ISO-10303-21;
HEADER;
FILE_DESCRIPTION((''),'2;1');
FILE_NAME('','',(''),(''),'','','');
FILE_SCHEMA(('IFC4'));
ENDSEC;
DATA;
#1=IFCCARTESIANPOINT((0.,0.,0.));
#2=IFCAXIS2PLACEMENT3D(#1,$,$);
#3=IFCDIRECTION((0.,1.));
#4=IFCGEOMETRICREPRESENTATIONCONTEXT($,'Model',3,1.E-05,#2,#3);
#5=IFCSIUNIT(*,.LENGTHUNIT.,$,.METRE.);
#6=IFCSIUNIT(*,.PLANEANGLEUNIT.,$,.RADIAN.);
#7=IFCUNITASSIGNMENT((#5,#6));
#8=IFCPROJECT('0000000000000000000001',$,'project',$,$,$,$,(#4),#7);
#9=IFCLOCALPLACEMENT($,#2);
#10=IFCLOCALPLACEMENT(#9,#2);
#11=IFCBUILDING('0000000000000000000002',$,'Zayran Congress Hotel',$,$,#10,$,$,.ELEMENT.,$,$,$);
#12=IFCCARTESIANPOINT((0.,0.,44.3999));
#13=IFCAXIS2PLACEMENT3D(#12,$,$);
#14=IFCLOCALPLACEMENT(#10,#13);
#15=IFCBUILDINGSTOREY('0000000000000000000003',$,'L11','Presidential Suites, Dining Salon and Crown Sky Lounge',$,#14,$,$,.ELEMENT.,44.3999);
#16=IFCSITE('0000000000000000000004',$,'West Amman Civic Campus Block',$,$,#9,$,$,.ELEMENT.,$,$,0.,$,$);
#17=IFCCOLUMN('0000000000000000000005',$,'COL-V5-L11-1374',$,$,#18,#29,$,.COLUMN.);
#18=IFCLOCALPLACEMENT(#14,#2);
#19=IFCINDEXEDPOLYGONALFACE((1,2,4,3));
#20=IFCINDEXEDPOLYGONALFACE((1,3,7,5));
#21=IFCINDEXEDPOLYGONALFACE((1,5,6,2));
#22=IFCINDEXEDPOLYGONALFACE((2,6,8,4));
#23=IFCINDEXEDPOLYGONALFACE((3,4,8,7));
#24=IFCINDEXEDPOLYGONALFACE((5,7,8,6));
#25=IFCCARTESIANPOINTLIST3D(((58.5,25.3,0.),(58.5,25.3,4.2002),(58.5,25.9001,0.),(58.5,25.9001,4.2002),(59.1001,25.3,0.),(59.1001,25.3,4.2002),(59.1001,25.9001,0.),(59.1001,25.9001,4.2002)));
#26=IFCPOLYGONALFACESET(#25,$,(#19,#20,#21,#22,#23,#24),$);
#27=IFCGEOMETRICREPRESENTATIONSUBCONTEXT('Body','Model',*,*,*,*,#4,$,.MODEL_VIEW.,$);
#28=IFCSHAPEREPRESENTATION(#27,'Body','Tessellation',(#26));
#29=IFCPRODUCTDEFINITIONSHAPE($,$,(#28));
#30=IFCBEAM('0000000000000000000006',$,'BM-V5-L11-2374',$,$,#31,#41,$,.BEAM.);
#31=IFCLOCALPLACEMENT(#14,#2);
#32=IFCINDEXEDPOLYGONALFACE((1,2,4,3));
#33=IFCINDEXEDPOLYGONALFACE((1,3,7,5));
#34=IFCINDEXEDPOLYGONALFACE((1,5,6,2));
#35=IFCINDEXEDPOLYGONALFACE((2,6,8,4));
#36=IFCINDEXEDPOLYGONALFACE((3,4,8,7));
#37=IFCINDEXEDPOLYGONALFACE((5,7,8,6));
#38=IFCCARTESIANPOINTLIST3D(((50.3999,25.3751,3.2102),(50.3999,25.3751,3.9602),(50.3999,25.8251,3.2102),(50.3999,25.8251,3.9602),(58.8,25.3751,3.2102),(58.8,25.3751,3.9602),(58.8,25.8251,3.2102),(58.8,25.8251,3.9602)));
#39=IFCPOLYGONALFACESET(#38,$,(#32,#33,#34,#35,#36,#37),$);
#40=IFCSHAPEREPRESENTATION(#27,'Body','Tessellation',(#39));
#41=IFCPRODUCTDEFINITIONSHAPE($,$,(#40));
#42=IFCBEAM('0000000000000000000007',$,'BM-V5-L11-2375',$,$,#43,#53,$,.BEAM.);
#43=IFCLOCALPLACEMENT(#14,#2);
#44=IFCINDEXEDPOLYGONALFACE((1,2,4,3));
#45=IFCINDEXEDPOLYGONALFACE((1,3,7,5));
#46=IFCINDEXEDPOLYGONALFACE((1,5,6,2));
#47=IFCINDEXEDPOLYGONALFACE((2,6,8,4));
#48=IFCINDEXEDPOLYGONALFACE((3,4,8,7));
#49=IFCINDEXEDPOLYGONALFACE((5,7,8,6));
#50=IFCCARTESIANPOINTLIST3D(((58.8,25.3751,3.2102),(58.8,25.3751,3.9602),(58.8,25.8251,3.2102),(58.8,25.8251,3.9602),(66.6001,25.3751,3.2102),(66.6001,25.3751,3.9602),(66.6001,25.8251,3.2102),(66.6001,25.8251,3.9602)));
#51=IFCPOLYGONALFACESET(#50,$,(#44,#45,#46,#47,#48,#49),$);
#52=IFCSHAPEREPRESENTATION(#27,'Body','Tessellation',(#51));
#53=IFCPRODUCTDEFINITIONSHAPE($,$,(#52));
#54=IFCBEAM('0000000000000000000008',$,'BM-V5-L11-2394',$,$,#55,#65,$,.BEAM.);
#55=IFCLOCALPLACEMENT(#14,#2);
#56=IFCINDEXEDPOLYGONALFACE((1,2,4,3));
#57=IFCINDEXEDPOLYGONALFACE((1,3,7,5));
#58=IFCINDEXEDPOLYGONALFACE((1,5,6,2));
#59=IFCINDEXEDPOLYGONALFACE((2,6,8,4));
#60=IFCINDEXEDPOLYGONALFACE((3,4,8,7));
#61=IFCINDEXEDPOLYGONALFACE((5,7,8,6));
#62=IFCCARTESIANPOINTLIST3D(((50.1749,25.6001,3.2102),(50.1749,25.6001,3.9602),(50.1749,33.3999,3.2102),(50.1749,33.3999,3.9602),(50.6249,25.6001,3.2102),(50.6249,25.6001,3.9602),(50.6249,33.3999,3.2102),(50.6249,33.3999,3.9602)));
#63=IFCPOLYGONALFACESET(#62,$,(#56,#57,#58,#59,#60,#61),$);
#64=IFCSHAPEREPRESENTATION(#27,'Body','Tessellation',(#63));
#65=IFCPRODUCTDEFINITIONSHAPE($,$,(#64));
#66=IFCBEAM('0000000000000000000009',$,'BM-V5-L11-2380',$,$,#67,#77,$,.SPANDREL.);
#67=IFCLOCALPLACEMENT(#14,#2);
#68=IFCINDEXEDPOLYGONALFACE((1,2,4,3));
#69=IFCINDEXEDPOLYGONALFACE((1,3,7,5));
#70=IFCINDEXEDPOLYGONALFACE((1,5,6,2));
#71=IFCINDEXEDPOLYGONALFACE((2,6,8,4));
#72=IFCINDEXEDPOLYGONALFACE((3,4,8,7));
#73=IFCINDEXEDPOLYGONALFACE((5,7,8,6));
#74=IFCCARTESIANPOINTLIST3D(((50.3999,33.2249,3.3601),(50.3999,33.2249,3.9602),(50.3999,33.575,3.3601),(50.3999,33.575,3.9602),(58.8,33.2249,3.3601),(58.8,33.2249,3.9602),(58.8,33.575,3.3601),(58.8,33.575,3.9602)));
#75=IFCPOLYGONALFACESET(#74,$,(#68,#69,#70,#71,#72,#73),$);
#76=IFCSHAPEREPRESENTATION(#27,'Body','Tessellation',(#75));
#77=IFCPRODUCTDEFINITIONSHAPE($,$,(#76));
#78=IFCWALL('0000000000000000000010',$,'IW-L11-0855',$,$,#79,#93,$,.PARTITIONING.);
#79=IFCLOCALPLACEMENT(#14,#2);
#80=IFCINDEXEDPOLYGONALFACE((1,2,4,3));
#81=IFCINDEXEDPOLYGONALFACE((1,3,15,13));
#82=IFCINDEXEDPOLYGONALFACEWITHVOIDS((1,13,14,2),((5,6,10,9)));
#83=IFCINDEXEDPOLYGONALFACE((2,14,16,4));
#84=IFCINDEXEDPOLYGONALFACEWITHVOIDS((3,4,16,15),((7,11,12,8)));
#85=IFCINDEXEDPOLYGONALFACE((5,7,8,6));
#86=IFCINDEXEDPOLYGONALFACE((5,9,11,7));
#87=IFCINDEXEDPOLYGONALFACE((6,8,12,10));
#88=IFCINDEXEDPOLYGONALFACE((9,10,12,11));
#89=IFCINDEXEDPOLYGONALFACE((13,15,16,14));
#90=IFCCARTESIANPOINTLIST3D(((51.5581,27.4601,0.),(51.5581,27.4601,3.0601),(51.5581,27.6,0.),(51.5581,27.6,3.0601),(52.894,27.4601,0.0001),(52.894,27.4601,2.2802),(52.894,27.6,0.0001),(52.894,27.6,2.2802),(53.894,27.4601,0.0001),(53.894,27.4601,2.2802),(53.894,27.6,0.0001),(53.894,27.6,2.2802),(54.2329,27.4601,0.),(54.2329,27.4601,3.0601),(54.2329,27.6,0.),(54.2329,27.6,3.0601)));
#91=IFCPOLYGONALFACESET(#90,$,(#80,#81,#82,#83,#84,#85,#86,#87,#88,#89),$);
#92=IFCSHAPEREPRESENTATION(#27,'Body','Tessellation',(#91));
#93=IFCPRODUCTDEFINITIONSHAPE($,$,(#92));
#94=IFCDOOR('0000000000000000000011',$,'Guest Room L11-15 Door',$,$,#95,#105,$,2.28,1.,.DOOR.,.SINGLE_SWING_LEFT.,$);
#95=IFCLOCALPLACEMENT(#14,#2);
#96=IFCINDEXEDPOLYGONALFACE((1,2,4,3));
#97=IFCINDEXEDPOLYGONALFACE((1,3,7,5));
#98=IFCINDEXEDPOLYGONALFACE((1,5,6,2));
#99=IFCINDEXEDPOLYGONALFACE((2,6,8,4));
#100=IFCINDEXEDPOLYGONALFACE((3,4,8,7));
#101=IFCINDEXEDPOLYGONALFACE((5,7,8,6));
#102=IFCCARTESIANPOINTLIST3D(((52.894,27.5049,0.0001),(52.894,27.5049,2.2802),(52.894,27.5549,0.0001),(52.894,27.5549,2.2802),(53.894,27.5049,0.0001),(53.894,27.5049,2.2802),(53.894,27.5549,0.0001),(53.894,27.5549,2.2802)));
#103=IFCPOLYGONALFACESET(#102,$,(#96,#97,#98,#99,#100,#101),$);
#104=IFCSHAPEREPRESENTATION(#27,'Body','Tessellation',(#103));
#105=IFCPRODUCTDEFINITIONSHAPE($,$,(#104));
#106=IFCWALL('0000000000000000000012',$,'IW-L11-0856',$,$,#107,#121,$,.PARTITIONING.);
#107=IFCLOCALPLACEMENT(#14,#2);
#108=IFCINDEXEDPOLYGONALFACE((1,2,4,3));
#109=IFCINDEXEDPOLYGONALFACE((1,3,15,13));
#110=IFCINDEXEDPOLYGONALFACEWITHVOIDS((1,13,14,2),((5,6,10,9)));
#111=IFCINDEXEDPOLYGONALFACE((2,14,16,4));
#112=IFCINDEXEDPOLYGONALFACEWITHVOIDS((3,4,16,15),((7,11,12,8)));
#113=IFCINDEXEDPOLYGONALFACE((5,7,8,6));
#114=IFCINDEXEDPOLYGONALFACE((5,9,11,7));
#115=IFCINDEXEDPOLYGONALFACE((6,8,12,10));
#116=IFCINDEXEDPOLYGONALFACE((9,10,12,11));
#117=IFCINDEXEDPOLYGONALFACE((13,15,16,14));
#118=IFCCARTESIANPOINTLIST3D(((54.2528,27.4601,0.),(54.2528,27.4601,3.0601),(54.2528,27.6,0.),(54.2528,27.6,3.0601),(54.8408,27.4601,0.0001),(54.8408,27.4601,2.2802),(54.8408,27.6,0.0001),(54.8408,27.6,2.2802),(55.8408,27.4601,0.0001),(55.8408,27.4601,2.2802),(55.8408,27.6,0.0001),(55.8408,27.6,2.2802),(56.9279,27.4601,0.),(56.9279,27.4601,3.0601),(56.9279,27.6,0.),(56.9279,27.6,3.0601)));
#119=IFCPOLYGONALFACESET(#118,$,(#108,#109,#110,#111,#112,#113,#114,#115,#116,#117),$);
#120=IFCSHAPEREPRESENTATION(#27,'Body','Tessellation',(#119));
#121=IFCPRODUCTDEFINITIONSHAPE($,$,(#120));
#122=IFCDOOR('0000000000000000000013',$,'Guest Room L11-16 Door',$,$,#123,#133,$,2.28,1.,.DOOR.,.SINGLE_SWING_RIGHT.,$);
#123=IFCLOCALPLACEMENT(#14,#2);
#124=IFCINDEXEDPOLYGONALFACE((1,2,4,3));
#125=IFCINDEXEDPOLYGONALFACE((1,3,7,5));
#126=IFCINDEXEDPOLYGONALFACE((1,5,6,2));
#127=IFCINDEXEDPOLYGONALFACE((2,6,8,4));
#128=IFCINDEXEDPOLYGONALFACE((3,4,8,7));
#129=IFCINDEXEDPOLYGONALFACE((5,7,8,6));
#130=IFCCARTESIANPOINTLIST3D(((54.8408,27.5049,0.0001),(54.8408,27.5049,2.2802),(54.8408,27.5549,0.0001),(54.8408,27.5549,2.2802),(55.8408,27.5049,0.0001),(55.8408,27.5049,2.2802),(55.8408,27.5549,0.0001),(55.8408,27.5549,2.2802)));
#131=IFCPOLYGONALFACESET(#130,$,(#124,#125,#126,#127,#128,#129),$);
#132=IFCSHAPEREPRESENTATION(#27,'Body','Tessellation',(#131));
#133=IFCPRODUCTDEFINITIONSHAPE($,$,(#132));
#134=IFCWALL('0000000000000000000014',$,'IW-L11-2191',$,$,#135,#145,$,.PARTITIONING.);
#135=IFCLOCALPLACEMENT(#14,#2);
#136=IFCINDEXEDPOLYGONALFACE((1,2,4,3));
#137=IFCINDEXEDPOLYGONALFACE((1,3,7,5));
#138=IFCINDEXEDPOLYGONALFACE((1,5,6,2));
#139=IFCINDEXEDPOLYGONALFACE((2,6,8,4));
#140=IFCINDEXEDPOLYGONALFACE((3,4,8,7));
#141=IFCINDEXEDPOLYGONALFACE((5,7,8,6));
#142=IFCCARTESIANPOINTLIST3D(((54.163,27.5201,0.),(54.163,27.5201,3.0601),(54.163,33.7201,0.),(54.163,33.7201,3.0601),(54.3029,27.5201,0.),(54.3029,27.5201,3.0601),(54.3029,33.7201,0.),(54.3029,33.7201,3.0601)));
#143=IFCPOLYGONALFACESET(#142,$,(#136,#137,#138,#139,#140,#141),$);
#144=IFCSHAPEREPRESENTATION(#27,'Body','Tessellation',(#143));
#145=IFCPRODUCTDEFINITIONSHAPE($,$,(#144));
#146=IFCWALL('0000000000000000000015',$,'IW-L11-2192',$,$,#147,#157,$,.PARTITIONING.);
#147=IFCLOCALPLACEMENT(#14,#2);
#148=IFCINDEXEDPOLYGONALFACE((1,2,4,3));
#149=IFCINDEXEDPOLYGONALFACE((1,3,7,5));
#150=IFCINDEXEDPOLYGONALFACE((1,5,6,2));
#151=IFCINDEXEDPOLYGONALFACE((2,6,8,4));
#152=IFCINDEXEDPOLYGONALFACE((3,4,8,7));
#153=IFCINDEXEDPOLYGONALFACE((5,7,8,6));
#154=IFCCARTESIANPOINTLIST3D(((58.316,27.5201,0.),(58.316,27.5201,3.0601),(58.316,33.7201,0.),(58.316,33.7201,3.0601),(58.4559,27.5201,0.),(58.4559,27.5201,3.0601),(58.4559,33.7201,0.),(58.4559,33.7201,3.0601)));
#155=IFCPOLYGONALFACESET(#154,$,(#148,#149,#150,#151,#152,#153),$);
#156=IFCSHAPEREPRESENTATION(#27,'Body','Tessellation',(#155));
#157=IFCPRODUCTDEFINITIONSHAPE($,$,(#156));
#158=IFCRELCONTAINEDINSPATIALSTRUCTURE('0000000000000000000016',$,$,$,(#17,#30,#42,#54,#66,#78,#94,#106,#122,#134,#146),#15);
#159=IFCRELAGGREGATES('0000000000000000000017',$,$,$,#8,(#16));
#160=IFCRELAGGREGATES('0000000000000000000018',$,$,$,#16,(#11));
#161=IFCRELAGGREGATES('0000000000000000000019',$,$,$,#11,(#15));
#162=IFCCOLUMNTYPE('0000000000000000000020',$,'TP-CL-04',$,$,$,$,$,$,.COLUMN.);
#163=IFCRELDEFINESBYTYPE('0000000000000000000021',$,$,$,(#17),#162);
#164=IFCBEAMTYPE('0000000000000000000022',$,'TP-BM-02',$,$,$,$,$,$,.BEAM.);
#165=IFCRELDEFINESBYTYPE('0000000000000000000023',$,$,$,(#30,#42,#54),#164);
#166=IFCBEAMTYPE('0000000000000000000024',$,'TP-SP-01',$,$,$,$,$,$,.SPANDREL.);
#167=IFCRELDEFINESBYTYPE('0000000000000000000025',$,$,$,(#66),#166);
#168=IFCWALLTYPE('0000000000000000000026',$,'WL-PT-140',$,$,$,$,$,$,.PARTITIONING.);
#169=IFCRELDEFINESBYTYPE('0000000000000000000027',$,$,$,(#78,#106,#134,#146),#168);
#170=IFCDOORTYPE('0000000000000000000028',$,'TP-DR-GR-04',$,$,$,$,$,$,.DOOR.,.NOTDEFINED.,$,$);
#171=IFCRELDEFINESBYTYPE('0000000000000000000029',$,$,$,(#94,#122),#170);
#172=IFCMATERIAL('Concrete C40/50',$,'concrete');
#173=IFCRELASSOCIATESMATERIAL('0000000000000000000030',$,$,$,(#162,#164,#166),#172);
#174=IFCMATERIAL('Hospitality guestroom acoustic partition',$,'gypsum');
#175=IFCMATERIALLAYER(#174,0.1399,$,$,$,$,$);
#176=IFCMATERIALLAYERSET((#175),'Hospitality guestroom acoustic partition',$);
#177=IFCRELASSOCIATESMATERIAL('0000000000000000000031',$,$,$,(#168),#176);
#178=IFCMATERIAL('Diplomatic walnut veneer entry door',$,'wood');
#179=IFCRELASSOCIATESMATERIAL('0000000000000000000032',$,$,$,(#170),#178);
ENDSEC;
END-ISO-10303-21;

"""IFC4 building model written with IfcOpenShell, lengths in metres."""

from ifc_helpers import new_model, si_unit, direction, frame, frame_2d, origin, origin_2d, place, context, subcontext, project, spatial, rectangle, extrude, material, layer, layer_set, material_profile, profile_set, type_object, element, fill, save


model = new_model("IFC4")

# Units and contexts
model_context = context("Model", 3, precision=1e-05, world=origin(), true_north=direction((0.0, 1.0)))
body_context = subcontext(model_context, "Body", "Model", "MODEL_VIEW")
ifc_project = project(units=[si_unit("LENGTHUNIT", "METRE"), si_unit("PLANEANGLEUNIT", "RADIAN")], contexts=[model_context])

# Site, building, storey
site_placement = place(None, origin())
site = spatial("IfcSite", under=ifc_project, at=site_placement, Name="West Amman Civic Campus Block", CompositionType="ELEMENT", RefElevation=0.0)
building_placement = place(site_placement, origin())
building = spatial("IfcBuilding", under=site, at=building_placement, Name="Zayran Congress Hotel", CompositionType="ELEMENT")
storey_placement = place(building_placement, frame((0.0, 0.0, 44.3999)))
storey = spatial("IfcBuildingStorey", under=building, at=storey_placement, Name="L11", Description="Presidential Suites, Dining Salon and Crown Sky Lounge", CompositionType="ELEMENT", Elevation=44.3999)

# Column
ifc_material_1 = material(Name="Concrete C40/50", Category="concrete")
ifc_material_profile_1 = material_profile(ifc_material_1, rectangle(XDim=0.6001, YDim=0.6001, at=origin_2d()), Name="RC 600x600")
ifc_profile_set_1 = profile_set([ifc_material_profile_1], Name="Concrete C40/50")
column_type = type_object("IfcColumnType", Name="TP-CL-04", PredefinedType="COLUMN", material=ifc_profile_set_1)
column_placement = place(storey_placement, frame((58.8, 25.6001, 0.0), z_axis=(0.0, 0.0, 1.0), x_axis=(1.0, 0.0, 0.0)))
element("IfcColumn", 1, at=column_placement, inside=storey, type_object=column_type, Name="COL-V5-L11-1374", PredefinedType="COLUMN", context=body_context, shape_type="SweptSolid", body=[
    extrude(rectangle(XDim=0.6001, YDim=0.6001, at=origin_2d()), origin(), (0.0, 0.0, 1.0), 4.2002),
])

# Beams
ifc_material_profile_2 = material_profile(ifc_material_1, rectangle(XDim=0.45, YDim=0.75, at=origin_2d()), Name="RC 450x750")
ifc_profile_set_2 = profile_set([ifc_material_profile_2], Name="Concrete C40/50")
beam_type_1 = type_object("IfcBeamType", Name="TP-BM-02", PredefinedType="BEAM", material=ifc_profile_set_2)
beam_1_placement = place(storey_placement, frame((50.3999, 25.6001, 3.5852), z_axis=(1.0, 0.0, 0.0), x_axis=(0.0, 1.0, 0.0)))
element("IfcBeam", 2, at=beam_1_placement, inside=storey, type_object=beam_type_1, Name="BM-V5-L11-2374", PredefinedType="BEAM", context=body_context, shape_type="SweptSolid", body=[
    extrude(rectangle(XDim=0.45, YDim=0.75, at=origin_2d()), origin(), (0.0, 0.0, 1.0), 8.4001),
])
beam_2_placement = place(storey_placement, frame((58.8, 25.6001, 3.5852), z_axis=(1.0, 0.0, 0.0), x_axis=(0.0, 1.0, 0.0)))
element("IfcBeam", 3, at=beam_2_placement, inside=storey, type_object=beam_type_1, Name="BM-V5-L11-2375", PredefinedType="BEAM", context=body_context, shape_type="SweptSolid", body=[
    extrude(rectangle(XDim=0.45, YDim=0.75, at=origin_2d()), origin(), (0.0, 0.0, 1.0), 7.8),
])
beam_3_placement = place(storey_placement, frame((50.3999, 25.6001, 3.5852), z_axis=(0.0, 1.0, 0.0), x_axis=(-1.0, 0.0, 0.0)))
element("IfcBeam", 4, at=beam_3_placement, inside=storey, type_object=beam_type_1, Name="BM-V5-L11-2394", PredefinedType="BEAM", context=body_context, shape_type="SweptSolid", body=[
    extrude(rectangle(XDim=0.45, YDim=0.75, at=origin_2d()), origin(), (0.0, 0.0, 1.0), 7.7998),
])
ifc_material_profile_3 = material_profile(ifc_material_1, rectangle(XDim=0.3501, YDim=0.6001, at=origin_2d()), Name="RC 350x600")
ifc_profile_set_3 = profile_set([ifc_material_profile_3], Name="Concrete C40/50")
beam_type_2 = type_object("IfcBeamType", Name="TP-SP-01", PredefinedType="SPANDREL", material=ifc_profile_set_3)
beam_4_placement = place(storey_placement, frame((50.3999, 33.3999, 3.6602), z_axis=(1.0, 0.0, 0.0), x_axis=(0.0, 1.0, 0.0)))
element("IfcBeam", 5, at=beam_4_placement, inside=storey, type_object=beam_type_2, Name="BM-V5-L11-2380", PredefinedType="SPANDREL", context=body_context, shape_type="SweptSolid", body=[
    extrude(rectangle(XDim=0.3501, YDim=0.6001, at=origin_2d()), origin(), (0.0, 0.0, 1.0), 8.4001),
])

# Walls, openings, doors
ifc_material_2 = material(Name="Hospitality guestroom acoustic partition", Category="gypsum")
ifc_layer_1 = layer(ifc_material_2, 0.1399)
ifc_layer_set_1 = layer_set([ifc_layer_1], Name="Hospitality guestroom acoustic partition")
wall_type_1 = type_object("IfcWallType", Name="WL-PT-140", PredefinedType="PARTITIONING", material=ifc_layer_set_1)
wall_1_placement = place(storey_placement, frame((51.5581, 27.53, 0.0), z_axis=(0.0, 0.0, 1.0), x_axis=(1.0, 0.0, 0.0)))
wall_1 = element("IfcWall", 6, at=wall_1_placement, inside=storey, type_object=wall_type_1, Name="IW-L11-0855", PredefinedType="PARTITIONING", context=body_context, shape_type="SweptSolid", body=[
    extrude(rectangle(XDim=2.6748, YDim=0.1399, at=frame_2d((1.3374, 0.0))), origin(), (0.0, 0.0, 1.0), 3.0601),
])
opening_1_placement = place(wall_1_placement, frame((1.3359, 0.0, 0.0)))
opening_1 = element("IfcOpeningElement", 7, at=opening_1_placement, cuts=wall_1, PredefinedType="OPENING", context=body_context, shape_type="SweptSolid", body=[
    extrude(rectangle(XDim=1.0, YDim=2.28, at=frame_2d((0.5, 1.1401))), frame((0.0, 0.0798, 0.0), z_axis=(0.0, -1.0, 0.0), x_axis=(1.0, 0.0, 0.0)), (0.0, 0.0, 1.0), 0.1599),
])
ifc_material_3 = material(Name="Diplomatic walnut veneer entry door", Category="wood")
door_type_1 = type_object("IfcDoorType", Name="TP-DR-GR-04", OperationType="NOTDEFINED", PredefinedType="DOOR", material=ifc_material_3)
door_1_placement = place(opening_1_placement, origin())
door_1 = element("IfcDoor", 8, at=door_1_placement, inside=storey, type_object=door_type_1, Name="Guest Room L11-15 Door", OperationType="SINGLE_SWING_LEFT", OverallHeight=2.28, OverallWidth=1.0, PredefinedType="DOOR", context=body_context, shape_type="SweptSolid", body=[
    extrude(rectangle(XDim=1.0, YDim=2.28, at=frame_2d((0.5, 1.1401))), frame((0.0, 0.0249, 0.0), z_axis=(0.0, -1.0, 0.0), x_axis=(1.0, 0.0, 0.0)), (0.0, 0.0, 1.0), 0.05),
])
fill(opening_1, door_1)
wall_2_placement = place(storey_placement, frame((54.2529, 27.53, 0.0), z_axis=(0.0, 0.0, 1.0), x_axis=(1.0, 0.0, 0.0)))
wall_2 = element("IfcWall", 9, at=wall_2_placement, inside=storey, type_object=wall_type_1, Name="IW-L11-0856", PredefinedType="PARTITIONING", context=body_context, shape_type="SweptSolid", body=[
    extrude(rectangle(XDim=2.675, YDim=0.1399, at=frame_2d((1.3374, 0.0))), origin(), (0.0, 0.0, 1.0), 3.0601),
])
opening_2_placement = place(wall_2_placement, frame((0.5879, 0.0, 0.0)))
opening_2 = element("IfcOpeningElement", 10, at=opening_2_placement, cuts=wall_2, PredefinedType="OPENING", context=body_context, shape_type="SweptSolid", body=[
    extrude(rectangle(XDim=1.0, YDim=2.28, at=frame_2d((0.5, 1.1401))), frame((0.0, 0.0798, 0.0), z_axis=(0.0, -1.0, 0.0), x_axis=(1.0, 0.0, 0.0)), (0.0, 0.0, 1.0), 0.1599),
])
door_2_placement = place(opening_2_placement, origin())
door_2 = element("IfcDoor", 11, at=door_2_placement, inside=storey, type_object=door_type_1, Name="Guest Room L11-16 Door", OperationType="SINGLE_SWING_RIGHT", OverallHeight=2.28, OverallWidth=1.0, PredefinedType="DOOR", context=body_context, shape_type="SweptSolid", body=[
    extrude(rectangle(XDim=1.0, YDim=2.28, at=frame_2d((0.5, 1.1401))), frame((0.0, 0.0249, 0.0), z_axis=(0.0, -1.0, 0.0), x_axis=(1.0, 0.0, 0.0)), (0.0, 0.0, 1.0), 0.05),
])
fill(opening_2, door_2)

# Walls
for number, where, z_axis, x_axis, name in (
    (12, (54.2329, 27.52, 0.0), (0.0, 0.0, 1.0), (0.0, 1.0, 0.0), "IW-L11-2191"),
    (13, (58.386, 27.52, 0.0), (0.0, 0.0, 1.0), (0.0, 1.0, 0.0), "IW-L11-2192"),
):
    element("IfcWall", number, at=place(storey_placement, frame(where, z_axis=z_axis, x_axis=x_axis)), inside=storey, type_object=wall_type_1, Name=name, PredefinedType="PARTITIONING", context=body_context, shape_type="SweptSolid", body=[
        extrude(rectangle(XDim=6.2, YDim=0.1399, at=frame_2d((3.1001, 0.0))), origin(), (0.0, 0.0, 1.0), 3.0601),
    ])

save(model, "model.ifc")
